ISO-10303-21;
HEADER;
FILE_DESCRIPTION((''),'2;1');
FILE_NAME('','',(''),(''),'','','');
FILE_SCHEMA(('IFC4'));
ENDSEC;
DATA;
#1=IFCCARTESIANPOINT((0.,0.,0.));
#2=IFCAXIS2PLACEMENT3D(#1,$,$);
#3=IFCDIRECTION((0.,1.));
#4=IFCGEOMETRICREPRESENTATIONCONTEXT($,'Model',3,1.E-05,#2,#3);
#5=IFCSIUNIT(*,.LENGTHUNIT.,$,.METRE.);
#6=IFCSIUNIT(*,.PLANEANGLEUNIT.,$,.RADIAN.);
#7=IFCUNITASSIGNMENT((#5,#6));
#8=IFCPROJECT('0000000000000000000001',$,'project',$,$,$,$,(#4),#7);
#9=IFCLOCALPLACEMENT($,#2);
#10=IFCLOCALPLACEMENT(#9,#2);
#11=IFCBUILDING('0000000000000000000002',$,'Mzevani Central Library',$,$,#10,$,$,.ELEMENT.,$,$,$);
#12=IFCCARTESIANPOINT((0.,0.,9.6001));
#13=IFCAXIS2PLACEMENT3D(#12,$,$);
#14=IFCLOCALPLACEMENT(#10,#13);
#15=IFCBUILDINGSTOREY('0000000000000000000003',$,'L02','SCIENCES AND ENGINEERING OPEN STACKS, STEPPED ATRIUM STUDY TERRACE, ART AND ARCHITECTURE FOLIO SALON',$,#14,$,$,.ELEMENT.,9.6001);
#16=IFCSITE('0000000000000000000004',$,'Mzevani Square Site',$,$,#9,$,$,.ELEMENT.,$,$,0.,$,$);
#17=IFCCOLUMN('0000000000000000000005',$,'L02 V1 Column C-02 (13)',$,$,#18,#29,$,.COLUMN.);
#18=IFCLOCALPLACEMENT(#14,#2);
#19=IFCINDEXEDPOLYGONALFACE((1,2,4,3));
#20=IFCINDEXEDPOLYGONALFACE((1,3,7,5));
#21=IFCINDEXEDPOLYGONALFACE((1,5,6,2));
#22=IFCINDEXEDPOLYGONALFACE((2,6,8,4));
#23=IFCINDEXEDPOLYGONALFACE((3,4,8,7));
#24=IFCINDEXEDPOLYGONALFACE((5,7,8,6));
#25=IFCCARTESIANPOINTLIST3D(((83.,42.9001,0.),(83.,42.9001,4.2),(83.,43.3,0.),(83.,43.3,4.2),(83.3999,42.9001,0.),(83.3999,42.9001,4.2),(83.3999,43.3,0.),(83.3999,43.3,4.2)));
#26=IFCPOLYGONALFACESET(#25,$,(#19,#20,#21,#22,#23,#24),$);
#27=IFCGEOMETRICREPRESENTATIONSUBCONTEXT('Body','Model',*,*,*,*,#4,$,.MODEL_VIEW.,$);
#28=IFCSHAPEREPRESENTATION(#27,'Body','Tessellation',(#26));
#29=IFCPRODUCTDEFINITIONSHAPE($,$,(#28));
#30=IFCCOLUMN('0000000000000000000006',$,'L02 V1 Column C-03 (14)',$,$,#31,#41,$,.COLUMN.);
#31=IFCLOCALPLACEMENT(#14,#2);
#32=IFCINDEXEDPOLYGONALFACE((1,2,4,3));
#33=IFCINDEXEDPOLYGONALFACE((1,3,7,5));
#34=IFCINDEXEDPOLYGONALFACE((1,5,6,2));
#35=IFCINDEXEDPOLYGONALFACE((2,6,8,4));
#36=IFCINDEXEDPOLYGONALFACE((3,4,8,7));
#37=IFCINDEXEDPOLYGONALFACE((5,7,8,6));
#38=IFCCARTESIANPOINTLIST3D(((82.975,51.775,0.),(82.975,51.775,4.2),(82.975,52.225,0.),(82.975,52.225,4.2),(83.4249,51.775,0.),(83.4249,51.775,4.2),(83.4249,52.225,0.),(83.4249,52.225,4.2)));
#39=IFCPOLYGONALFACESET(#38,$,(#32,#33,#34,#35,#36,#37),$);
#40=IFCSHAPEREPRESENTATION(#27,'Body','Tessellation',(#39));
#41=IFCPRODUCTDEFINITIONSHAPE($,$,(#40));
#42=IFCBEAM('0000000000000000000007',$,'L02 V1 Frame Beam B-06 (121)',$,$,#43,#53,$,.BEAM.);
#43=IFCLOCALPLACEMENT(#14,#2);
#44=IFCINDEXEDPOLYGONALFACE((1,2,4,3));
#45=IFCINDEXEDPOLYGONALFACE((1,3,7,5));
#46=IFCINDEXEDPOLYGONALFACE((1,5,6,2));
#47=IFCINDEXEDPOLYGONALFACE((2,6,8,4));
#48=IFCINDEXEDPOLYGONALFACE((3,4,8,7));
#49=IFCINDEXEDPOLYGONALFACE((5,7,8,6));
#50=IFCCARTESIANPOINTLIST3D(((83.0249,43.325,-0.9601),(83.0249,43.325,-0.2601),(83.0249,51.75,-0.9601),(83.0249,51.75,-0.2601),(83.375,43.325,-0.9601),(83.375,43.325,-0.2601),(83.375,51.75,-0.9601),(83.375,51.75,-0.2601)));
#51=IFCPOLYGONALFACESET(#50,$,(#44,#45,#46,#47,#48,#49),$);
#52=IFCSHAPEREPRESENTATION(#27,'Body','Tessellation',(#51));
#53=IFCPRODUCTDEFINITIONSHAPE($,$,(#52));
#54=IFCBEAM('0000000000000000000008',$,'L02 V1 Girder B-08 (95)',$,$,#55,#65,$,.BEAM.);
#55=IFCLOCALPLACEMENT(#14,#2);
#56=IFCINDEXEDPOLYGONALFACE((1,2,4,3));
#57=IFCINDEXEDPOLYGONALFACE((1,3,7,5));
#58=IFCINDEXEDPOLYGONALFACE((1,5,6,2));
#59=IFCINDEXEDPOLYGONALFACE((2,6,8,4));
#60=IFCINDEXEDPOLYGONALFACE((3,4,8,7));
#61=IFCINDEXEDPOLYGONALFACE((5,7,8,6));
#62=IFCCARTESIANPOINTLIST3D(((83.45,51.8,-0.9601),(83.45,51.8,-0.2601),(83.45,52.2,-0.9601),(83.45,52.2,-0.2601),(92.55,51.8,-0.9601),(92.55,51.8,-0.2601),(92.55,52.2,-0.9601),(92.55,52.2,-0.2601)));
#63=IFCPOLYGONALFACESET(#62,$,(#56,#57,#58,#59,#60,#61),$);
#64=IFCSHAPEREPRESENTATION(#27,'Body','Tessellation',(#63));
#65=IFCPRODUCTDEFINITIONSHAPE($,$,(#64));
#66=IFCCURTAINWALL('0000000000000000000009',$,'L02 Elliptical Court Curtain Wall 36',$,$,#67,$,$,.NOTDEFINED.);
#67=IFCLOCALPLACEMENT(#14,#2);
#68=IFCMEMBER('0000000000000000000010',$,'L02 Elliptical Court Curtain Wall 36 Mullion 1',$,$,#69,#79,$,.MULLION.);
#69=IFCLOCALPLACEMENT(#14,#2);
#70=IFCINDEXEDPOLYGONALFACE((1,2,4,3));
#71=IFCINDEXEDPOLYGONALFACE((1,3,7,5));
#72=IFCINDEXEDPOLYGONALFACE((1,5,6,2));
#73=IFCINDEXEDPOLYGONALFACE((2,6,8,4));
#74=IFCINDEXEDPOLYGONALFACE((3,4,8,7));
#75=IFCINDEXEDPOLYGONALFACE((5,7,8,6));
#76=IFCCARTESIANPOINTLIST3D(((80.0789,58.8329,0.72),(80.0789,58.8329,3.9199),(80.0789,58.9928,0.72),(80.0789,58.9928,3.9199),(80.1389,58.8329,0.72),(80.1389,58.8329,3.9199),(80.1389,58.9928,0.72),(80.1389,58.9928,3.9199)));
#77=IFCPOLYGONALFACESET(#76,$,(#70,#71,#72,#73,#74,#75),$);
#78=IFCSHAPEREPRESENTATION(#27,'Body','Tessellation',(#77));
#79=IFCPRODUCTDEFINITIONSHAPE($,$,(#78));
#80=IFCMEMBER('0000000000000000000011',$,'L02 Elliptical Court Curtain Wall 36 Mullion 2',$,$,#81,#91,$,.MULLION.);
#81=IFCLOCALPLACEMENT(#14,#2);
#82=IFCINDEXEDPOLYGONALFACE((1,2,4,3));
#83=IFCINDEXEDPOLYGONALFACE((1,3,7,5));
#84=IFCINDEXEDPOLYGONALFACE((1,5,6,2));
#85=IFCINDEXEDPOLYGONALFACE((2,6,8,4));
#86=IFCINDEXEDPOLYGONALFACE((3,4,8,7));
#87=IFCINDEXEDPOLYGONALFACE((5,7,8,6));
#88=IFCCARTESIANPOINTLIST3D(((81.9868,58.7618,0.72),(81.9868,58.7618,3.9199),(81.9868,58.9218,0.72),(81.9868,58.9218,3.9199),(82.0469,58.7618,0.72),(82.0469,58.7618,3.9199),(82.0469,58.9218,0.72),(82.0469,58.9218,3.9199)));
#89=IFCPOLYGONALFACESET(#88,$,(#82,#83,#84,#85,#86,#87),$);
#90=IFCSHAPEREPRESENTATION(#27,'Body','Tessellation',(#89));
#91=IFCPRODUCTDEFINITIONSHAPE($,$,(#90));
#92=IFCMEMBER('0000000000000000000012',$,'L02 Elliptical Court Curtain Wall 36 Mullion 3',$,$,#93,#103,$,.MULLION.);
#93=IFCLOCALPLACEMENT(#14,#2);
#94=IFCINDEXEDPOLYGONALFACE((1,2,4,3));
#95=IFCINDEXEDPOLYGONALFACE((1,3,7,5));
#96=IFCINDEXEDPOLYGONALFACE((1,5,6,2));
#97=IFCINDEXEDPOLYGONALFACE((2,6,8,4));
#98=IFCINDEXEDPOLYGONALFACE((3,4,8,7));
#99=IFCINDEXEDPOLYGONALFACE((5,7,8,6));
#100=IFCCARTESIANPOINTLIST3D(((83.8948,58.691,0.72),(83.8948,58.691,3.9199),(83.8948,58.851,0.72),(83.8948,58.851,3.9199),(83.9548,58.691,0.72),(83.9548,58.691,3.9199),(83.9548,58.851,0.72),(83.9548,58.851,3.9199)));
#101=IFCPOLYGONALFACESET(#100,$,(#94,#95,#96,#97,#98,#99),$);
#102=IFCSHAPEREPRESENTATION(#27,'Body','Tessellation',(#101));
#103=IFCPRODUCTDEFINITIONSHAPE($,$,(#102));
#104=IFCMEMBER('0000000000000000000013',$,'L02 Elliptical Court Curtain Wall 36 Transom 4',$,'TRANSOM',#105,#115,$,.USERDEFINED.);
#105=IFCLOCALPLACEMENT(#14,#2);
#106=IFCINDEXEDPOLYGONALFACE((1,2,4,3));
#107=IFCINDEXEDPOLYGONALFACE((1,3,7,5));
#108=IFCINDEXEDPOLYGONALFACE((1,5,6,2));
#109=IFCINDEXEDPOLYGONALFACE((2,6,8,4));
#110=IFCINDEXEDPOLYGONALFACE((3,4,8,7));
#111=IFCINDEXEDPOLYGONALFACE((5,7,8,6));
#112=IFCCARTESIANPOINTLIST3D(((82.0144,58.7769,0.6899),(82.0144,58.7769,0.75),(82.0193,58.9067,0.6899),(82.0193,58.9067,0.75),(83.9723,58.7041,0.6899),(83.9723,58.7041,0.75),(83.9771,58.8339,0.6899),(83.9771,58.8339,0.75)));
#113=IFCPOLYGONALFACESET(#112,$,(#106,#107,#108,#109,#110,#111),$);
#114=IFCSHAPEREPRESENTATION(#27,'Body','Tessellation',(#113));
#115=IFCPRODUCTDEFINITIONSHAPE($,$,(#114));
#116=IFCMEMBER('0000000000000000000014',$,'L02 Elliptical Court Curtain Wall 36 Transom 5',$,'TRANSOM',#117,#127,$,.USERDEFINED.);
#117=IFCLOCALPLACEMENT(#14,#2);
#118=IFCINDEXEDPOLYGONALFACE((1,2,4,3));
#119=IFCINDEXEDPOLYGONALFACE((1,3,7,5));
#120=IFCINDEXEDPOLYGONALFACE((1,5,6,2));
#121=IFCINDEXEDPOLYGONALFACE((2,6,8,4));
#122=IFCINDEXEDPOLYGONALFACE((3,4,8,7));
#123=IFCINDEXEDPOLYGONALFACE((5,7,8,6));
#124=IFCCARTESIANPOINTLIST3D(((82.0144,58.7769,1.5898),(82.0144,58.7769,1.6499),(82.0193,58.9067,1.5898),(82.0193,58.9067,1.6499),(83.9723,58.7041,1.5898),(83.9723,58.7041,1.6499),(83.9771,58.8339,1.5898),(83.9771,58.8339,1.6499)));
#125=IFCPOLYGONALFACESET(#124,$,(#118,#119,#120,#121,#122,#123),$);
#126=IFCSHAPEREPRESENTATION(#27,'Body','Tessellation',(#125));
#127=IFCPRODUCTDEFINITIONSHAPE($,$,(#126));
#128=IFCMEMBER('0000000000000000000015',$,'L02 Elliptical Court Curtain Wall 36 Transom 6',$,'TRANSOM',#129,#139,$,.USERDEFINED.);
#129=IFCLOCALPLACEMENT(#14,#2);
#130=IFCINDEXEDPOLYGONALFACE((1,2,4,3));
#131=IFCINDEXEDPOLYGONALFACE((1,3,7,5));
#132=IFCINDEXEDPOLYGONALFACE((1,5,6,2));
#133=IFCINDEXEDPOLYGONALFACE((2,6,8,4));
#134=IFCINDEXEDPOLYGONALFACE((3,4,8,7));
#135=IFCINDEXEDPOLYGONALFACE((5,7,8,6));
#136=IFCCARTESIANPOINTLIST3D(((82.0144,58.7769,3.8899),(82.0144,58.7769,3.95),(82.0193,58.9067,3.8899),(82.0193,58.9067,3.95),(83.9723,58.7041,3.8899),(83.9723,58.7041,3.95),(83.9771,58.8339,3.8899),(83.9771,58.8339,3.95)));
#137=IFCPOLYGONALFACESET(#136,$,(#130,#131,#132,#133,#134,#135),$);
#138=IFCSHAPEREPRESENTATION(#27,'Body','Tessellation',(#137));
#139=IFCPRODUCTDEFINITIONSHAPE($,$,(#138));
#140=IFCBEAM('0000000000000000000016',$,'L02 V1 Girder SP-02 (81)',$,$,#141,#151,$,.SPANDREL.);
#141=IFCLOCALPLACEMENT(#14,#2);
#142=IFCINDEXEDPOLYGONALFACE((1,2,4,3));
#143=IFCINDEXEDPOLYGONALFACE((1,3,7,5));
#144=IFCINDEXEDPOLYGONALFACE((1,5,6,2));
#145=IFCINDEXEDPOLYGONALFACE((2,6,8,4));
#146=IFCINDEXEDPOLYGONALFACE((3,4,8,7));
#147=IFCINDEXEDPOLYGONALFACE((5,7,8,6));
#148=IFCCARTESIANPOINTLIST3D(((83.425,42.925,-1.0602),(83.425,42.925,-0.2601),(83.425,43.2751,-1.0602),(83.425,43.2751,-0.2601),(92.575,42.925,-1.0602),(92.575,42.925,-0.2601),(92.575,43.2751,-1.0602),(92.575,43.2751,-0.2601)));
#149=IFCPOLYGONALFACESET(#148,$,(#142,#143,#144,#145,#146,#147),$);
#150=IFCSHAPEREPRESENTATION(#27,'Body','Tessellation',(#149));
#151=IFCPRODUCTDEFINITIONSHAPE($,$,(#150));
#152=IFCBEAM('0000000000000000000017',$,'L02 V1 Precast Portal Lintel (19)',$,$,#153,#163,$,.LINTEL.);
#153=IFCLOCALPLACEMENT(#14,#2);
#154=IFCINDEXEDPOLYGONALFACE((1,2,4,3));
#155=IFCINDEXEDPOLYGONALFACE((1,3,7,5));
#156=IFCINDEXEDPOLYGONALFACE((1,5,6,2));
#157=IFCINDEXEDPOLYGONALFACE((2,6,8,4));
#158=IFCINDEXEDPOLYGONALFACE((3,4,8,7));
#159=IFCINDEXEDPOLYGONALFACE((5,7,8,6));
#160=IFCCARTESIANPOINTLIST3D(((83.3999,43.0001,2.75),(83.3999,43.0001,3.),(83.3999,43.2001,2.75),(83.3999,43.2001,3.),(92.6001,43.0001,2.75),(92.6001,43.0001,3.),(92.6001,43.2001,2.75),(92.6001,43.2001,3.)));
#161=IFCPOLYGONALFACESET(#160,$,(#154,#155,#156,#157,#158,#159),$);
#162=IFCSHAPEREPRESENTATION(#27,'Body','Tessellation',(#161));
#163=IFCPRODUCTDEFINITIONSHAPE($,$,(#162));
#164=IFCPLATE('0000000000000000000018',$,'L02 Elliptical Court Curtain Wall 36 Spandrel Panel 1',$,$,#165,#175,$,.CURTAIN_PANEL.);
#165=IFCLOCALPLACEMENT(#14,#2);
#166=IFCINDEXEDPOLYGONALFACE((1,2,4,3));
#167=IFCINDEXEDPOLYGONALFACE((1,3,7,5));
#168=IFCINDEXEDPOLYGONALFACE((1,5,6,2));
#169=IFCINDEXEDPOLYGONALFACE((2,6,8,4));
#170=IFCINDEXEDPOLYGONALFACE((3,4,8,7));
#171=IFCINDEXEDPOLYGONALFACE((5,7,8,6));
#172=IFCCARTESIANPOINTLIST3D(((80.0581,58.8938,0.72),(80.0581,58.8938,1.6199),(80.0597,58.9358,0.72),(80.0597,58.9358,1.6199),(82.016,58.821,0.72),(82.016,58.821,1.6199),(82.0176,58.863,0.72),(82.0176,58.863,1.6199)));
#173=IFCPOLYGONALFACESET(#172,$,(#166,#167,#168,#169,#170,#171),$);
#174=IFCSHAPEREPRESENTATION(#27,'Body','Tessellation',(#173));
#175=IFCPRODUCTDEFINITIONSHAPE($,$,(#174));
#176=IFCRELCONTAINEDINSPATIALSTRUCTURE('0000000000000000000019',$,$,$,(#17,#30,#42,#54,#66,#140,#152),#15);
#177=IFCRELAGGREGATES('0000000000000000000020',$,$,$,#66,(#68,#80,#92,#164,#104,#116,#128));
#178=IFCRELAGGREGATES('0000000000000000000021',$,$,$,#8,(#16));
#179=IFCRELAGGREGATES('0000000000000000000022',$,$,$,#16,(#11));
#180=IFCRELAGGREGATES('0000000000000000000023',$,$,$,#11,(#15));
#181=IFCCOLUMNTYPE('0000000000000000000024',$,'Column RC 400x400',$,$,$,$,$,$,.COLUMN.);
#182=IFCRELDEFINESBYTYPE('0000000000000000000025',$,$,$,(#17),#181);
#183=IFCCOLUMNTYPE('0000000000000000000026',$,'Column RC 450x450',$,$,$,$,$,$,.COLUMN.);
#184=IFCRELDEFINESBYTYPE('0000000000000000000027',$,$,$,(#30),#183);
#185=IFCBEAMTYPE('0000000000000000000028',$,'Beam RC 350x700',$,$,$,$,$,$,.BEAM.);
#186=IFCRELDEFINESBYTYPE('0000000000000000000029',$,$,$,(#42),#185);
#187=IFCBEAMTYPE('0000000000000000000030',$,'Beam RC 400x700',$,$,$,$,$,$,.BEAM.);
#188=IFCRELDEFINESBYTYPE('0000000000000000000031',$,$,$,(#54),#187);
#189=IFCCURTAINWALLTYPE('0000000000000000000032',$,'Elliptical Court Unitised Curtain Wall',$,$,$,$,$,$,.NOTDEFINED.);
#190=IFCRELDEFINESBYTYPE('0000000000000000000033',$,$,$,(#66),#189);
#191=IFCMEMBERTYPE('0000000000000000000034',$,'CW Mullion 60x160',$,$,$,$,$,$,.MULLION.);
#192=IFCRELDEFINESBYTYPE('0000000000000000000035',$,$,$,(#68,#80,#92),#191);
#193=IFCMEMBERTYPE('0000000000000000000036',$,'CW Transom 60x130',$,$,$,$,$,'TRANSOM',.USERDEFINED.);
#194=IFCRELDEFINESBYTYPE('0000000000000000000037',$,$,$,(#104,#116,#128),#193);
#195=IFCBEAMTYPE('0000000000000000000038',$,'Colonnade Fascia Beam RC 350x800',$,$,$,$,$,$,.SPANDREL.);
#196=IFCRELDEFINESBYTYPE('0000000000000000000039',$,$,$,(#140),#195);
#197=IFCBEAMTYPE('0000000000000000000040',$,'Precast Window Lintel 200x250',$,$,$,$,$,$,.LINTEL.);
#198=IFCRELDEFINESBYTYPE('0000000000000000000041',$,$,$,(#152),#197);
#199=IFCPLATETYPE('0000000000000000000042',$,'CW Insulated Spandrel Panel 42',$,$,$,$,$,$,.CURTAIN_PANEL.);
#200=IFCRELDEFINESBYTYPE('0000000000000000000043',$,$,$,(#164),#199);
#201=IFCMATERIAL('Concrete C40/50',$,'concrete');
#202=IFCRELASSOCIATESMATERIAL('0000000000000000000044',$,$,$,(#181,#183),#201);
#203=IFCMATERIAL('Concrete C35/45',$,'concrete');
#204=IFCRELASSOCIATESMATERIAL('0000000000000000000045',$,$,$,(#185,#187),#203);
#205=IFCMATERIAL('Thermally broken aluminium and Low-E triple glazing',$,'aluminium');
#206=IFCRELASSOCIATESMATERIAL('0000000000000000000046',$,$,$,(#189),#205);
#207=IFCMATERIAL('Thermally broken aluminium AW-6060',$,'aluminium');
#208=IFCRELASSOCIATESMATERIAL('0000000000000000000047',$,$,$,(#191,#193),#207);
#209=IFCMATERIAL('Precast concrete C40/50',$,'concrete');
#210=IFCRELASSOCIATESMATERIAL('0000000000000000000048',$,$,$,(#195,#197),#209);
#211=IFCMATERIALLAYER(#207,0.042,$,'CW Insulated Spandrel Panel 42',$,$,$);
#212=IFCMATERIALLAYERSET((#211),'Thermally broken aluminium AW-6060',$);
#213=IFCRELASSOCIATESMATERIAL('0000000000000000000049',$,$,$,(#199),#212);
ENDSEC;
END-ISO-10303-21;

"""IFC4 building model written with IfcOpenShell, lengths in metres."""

from ifc_helpers import new_model, si_unit, direction, frame, origin, origin_2d, place, context, subcontext, project, spatial, rectangle, extrude, material, layer, layer_set, material_profile, profile_set, type_object, element, aggregate, save


model = new_model("IFC4")

# Units and contexts
model_context = context("Model", 3, precision=1e-05, world=origin(), true_north=direction((0.0, 1.0)))
body_context = subcontext(model_context, "Body", "Model", "MODEL_VIEW")
ifc_project = project(units=[si_unit("LENGTHUNIT", "METRE"), si_unit("PLANEANGLEUNIT", "RADIAN")], contexts=[model_context])

# Site, building, storey
site_placement = place(None, origin())
site = spatial("IfcSite", under=ifc_project, at=site_placement, Name="Mzevani Square Site", CompositionType="ELEMENT", RefElevation=0.0)
building_placement = place(site_placement, origin())
building = spatial("IfcBuilding", under=site, at=building_placement, Name="Mzevani Central Library", CompositionType="ELEMENT")
storey_placement = place(building_placement, frame((0.0, 0.0, 9.6001)))
storey = spatial("IfcBuildingStorey", under=building, at=storey_placement, Name="L02", Description="SCIENCES AND ENGINEERING OPEN STACKS, STEPPED ATRIUM STUDY TERRACE, ART AND ARCHITECTURE FOLIO SALON", CompositionType="ELEMENT", Elevation=9.6001)

# Columns
ifc_material_1 = material(Name="Concrete C40/50", Category="concrete")
ifc_material_profile_1 = material_profile(ifc_material_1, rectangle(XDim=0.3999, YDim=0.3999, at=origin_2d()), Name="RC 400x400")
ifc_profile_set_1 = profile_set([ifc_material_profile_1], Name="Concrete C40/50")
column_type_1 = type_object("IfcColumnType", Name="Column RC 400x400", PredefinedType="COLUMN", material=ifc_profile_set_1)
column_1_placement = place(storey_placement, frame((83.2, 43.1001, 0.0), z_axis=(0.0, 0.0, 1.0), x_axis=(1.0, 0.0, 0.0)))
element("IfcColumn", 1, at=column_1_placement, inside=storey, type_object=column_type_1, Name="L02 V1 Column C-02 (13)", PredefinedType="COLUMN", context=body_context, shape_type="SweptSolid", body=[
    extrude(rectangle(XDim=0.3999, YDim=0.3999, at=origin_2d()), origin(), (0.0, 0.0, 1.0), 4.2),
])
ifc_material_profile_2 = material_profile(ifc_material_1, rectangle(XDim=0.45, YDim=0.45, at=origin_2d()), Name="RC 450x450")
ifc_profile_set_2 = profile_set([ifc_material_profile_2], Name="Concrete C40/50")
column_type_2 = type_object("IfcColumnType", Name="Column RC 450x450", PredefinedType="COLUMN", material=ifc_profile_set_2)
column_2_placement = place(storey_placement, frame((83.2, 52.0, 0.0), z_axis=(0.0, 0.0, 1.0), x_axis=(1.0, 0.0, 0.0)))
element("IfcColumn", 2, at=column_2_placement, inside=storey, type_object=column_type_2, Name="L02 V1 Column C-03 (14)", PredefinedType="COLUMN", context=body_context, shape_type="SweptSolid", body=[
    extrude(rectangle(XDim=0.45, YDim=0.45, at=origin_2d()), origin(), (0.0, 0.0, 1.0), 4.2),
])

# Beams
ifc_material_2 = material(Name="Concrete C35/45", Category="concrete")
ifc_material_profile_3 = material_profile(ifc_material_2, rectangle(XDim=0.3501, YDim=0.7, at=origin_2d()), Name="RC B350x700")
ifc_profile_set_3 = profile_set([ifc_material_profile_3], Name="Concrete C35/45")
beam_type_1 = type_object("IfcBeamType", Name="Beam RC 350x700", PredefinedType="BEAM", material=ifc_profile_set_3)
beam_1_placement = place(storey_placement, frame((83.2, 43.325, -0.6101), z_axis=(0.0, 1.0, 0.0), x_axis=(-1.0, 0.0, 0.0)))
element("IfcBeam", 3, at=beam_1_placement, inside=storey, type_object=beam_type_1, Name="L02 V1 Frame Beam B-06 (121)", PredefinedType="BEAM", context=body_context, shape_type="SweptSolid", body=[
    extrude(rectangle(XDim=0.3501, YDim=0.7, at=origin_2d()), origin(), (0.0, 0.0, 1.0), 8.425),
])
ifc_material_profile_4 = material_profile(ifc_material_2, rectangle(XDim=0.3999, YDim=0.7, at=origin_2d()), Name="RC B400x700")
ifc_profile_set_4 = profile_set([ifc_material_profile_4], Name="Concrete C35/45")
beam_type_2 = type_object("IfcBeamType", Name="Beam RC 400x700", PredefinedType="BEAM", material=ifc_profile_set_4)
beam_2_placement = place(storey_placement, frame((83.45, 52.0, -0.6101), z_axis=(1.0, 0.0, 0.0), x_axis=(0.0, 1.0, 0.0)))
element("IfcBeam", 4, at=beam_2_placement, inside=storey, type_object=beam_type_2, Name="L02 V1 Girder B-08 (95)", PredefinedType="BEAM", context=body_context, shape_type="SweptSolid", body=[
    extrude(rectangle(XDim=0.3999, YDim=0.7, at=origin_2d()), origin(), (0.0, 0.0, 1.0), 9.1001),
])

# Curtain wall, members
ifc_material_3 = material(Name="Thermally broken aluminium and Low-E triple glazing", Category="aluminium")
curtain_wall_type = type_object("IfcCurtainWallType", Name="Elliptical Court Unitised Curtain Wall", PredefinedType="NOTDEFINED", material=ifc_material_3)
curtain_wall_placement = place(storey_placement, origin())
curtain_wall = element("IfcCurtainWall", 5, at=curtain_wall_placement, inside=storey, type_object=curtain_wall_type, Name="L02 Elliptical Court Curtain Wall 36", PredefinedType="NOTDEFINED")
ifc_material_4 = material(Name="Thermally broken aluminium AW-6060", Category="aluminium")
ifc_material_profile_5 = material_profile(ifc_material_4, rectangle(XDim=0.0601, YDim=0.1599, at=origin_2d()), Name="ALU M60x160")
ifc_profile_set_5 = profile_set([ifc_material_profile_5], Name="Thermally broken aluminium AW-6060")
member_type_1 = type_object("IfcMemberType", Name="CW Mullion 60x160", PredefinedType="MULLION", material=ifc_profile_set_5)
member_1_placement = place(storey_placement, frame((80.1089, 58.9128, 0.72), z_axis=(0.0, 0.0, 1.0), x_axis=(1.0, 0.0, 0.0)))
member_1 = element("IfcMember", 6, at=member_1_placement, type_object=member_type_1, Name="L02 Elliptical Court Curtain Wall 36 Mullion 1", PredefinedType="MULLION", context=body_context, shape_type="SweptSolid", body=[
    extrude(rectangle(XDim=0.0601, YDim=0.1599, at=origin_2d()), origin(), (0.0, 0.0, 1.0), 3.2),
])
member_2_placement = place(storey_placement, frame((82.0168, 58.8418, 0.72), z_axis=(0.0, 0.0, 1.0), x_axis=(1.0, 0.0, 0.0)))
member_2 = element("IfcMember", 7, at=member_2_placement, type_object=member_type_1, Name="L02 Elliptical Court Curtain Wall 36 Mullion 2", PredefinedType="MULLION", context=body_context, shape_type="SweptSolid", body=[
    extrude(rectangle(XDim=0.0601, YDim=0.1599, at=origin_2d()), origin(), (0.0, 0.0, 1.0), 3.2),
])
member_3_placement = place(storey_placement, frame((83.9248, 58.771, 0.72), z_axis=(0.0, 0.0, 1.0), x_axis=(1.0, 0.0, 0.0)))
member_3 = element("IfcMember", 8, at=member_3_placement, type_object=member_type_1, Name="L02 Elliptical Court Curtain Wall 36 Mullion 3", PredefinedType="MULLION", context=body_context, shape_type="SweptSolid", body=[
    extrude(rectangle(XDim=0.0601, YDim=0.1599, at=origin_2d()), origin(), (0.0, 0.0, 1.0), 3.2),
])
ifc_material_profile_6 = material_profile(ifc_material_4, rectangle(XDim=0.1299, YDim=0.0601, at=origin_2d()), Name="ALU T60x130")
ifc_profile_set_6 = profile_set([ifc_material_profile_6], Name="Thermally broken aluminium AW-6060")
member_type_2 = type_object("IfcMemberType", Name="CW Transom 60x130", ElementType="TRANSOM", PredefinedType="USERDEFINED", material=ifc_profile_set_6)
member_4_placement = place(storey_placement, frame((82.0168, 58.8418, 0.72), z_axis=(0.99931, -0.037136, 0.0), x_axis=(0.037136, 0.99931, 0.0)))
member_4 = element("IfcMember", 9, at=member_4_placement, type_object=member_type_2, Name="L02 Elliptical Court Curtain Wall 36 Transom 4", ObjectType="TRANSOM", PredefinedType="USERDEFINED", context=body_context, shape_type="SweptSolid", body=[
    extrude(rectangle(XDim=0.1299, YDim=0.0601, at=origin_2d()), origin(), (0.0, 0.0, 1.0), 1.9592),
])
member_5_placement = place(storey_placement, frame((82.0168, 58.8418, 1.6199), z_axis=(0.99931, -0.037136, 0.0), x_axis=(0.037136, 0.99931, 0.0)))
member_5 = element("IfcMember", 10, at=member_5_placement, type_object=member_type_2, Name="L02 Elliptical Court Curtain Wall 36 Transom 5", ObjectType="TRANSOM", PredefinedType="USERDEFINED", context=body_context, shape_type="SweptSolid", body=[
    extrude(rectangle(XDim=0.1299, YDim=0.0601, at=origin_2d()), origin(), (0.0, 0.0, 1.0), 1.9592),
])
member_6_placement = place(storey_placement, frame((82.0168, 58.8418, 3.9199), z_axis=(0.99931, -0.037136, 0.0), x_axis=(0.037136, 0.99931, 0.0)))
member_6 = element("IfcMember", 11, at=member_6_placement, type_object=member_type_2, Name="L02 Elliptical Court Curtain Wall 36 Transom 6", ObjectType="TRANSOM", PredefinedType="USERDEFINED", context=body_context, shape_type="SweptSolid", body=[
    extrude(rectangle(XDim=0.1299, YDim=0.0601, at=origin_2d()), origin(), (0.0, 0.0, 1.0), 1.9592),
])

# Beams
ifc_material_5 = material(Name="Precast concrete C40/50", Category="concrete")
ifc_material_profile_7 = material_profile(ifc_material_5, rectangle(XDim=0.3501, YDim=0.8, at=origin_2d()), Name="RC SP350x800")
ifc_profile_set_7 = profile_set([ifc_material_profile_7], Name="Precast concrete C40/50")
beam_type_3 = type_object("IfcBeamType", Name="Colonnade Fascia Beam RC 350x800", PredefinedType="SPANDREL", material=ifc_profile_set_7)
beam_3_placement = place(storey_placement, frame((83.425, 43.1001, -0.6602), z_axis=(1.0, 0.0, 0.0), x_axis=(0.0, 1.0, 0.0)))
element("IfcBeam", 12, at=beam_3_placement, inside=storey, type_object=beam_type_3, Name="L02 V1 Girder SP-02 (81)", PredefinedType="SPANDREL", context=body_context, shape_type="SweptSolid", body=[
    extrude(rectangle(XDim=0.3501, YDim=0.8, at=origin_2d()), origin(), (0.0, 0.0, 1.0), 9.1499),
])
ifc_material_profile_8 = material_profile(ifc_material_5, rectangle(XDim=0.2, YDim=0.25, at=origin_2d()), Name="PC LN200x250")
ifc_profile_set_8 = profile_set([ifc_material_profile_8], Name="Precast concrete C40/50")
beam_type_4 = type_object("IfcBeamType", Name="Precast Window Lintel 200x250", PredefinedType="LINTEL", material=ifc_profile_set_8)
beam_4_placement = place(storey_placement, frame((83.3999, 43.1001, 2.875), z_axis=(1.0, 0.0, 0.0), x_axis=(0.0, 1.0, 0.0)))
element("IfcBeam", 13, at=beam_4_placement, inside=storey, type_object=beam_type_4, Name="L02 V1 Precast Portal Lintel (19)", PredefinedType="LINTEL", context=body_context, shape_type="SweptSolid", body=[
    extrude(rectangle(XDim=0.2, YDim=0.25, at=origin_2d()), origin(), (0.0, 0.0, 1.0), 9.2002),
])

# Plate
ifc_layer_1 = layer(ifc_material_4, 0.042, Name="CW Insulated Spandrel Panel 42")
ifc_layer_set_1 = layer_set([ifc_layer_1], Name="Thermally broken aluminium AW-6060")
plate_type_1 = type_object("IfcPlateType", Name="CW Insulated Spandrel Panel 42", PredefinedType="CURTAIN_PANEL", material=ifc_layer_set_1)
plate_1_placement = place(storey_placement, frame((81.0378, 58.8784, 0.72), z_axis=(0.0, 0.0, 1.0), x_axis=(0.999309, -0.037158, 0.0)))
plate_1 = element("IfcPlate", 14, at=plate_1_placement, type_object=plate_type_1, Name="L02 Elliptical Court Curtain Wall 36 Spandrel Panel 1", PredefinedType="CURTAIN_PANEL", context=body_context, shape_type="SweptSolid", body=[
    extrude(rectangle(XDim=1.9592, YDim=0.042, at=origin_2d()), origin(), (0.0, 0.0, 1.0), 0.8999),
])
aggregate(curtain_wall, [member_1, member_2, member_3, plate_1, member_4, member_5, member_6])

save(model, "model.ifc")
